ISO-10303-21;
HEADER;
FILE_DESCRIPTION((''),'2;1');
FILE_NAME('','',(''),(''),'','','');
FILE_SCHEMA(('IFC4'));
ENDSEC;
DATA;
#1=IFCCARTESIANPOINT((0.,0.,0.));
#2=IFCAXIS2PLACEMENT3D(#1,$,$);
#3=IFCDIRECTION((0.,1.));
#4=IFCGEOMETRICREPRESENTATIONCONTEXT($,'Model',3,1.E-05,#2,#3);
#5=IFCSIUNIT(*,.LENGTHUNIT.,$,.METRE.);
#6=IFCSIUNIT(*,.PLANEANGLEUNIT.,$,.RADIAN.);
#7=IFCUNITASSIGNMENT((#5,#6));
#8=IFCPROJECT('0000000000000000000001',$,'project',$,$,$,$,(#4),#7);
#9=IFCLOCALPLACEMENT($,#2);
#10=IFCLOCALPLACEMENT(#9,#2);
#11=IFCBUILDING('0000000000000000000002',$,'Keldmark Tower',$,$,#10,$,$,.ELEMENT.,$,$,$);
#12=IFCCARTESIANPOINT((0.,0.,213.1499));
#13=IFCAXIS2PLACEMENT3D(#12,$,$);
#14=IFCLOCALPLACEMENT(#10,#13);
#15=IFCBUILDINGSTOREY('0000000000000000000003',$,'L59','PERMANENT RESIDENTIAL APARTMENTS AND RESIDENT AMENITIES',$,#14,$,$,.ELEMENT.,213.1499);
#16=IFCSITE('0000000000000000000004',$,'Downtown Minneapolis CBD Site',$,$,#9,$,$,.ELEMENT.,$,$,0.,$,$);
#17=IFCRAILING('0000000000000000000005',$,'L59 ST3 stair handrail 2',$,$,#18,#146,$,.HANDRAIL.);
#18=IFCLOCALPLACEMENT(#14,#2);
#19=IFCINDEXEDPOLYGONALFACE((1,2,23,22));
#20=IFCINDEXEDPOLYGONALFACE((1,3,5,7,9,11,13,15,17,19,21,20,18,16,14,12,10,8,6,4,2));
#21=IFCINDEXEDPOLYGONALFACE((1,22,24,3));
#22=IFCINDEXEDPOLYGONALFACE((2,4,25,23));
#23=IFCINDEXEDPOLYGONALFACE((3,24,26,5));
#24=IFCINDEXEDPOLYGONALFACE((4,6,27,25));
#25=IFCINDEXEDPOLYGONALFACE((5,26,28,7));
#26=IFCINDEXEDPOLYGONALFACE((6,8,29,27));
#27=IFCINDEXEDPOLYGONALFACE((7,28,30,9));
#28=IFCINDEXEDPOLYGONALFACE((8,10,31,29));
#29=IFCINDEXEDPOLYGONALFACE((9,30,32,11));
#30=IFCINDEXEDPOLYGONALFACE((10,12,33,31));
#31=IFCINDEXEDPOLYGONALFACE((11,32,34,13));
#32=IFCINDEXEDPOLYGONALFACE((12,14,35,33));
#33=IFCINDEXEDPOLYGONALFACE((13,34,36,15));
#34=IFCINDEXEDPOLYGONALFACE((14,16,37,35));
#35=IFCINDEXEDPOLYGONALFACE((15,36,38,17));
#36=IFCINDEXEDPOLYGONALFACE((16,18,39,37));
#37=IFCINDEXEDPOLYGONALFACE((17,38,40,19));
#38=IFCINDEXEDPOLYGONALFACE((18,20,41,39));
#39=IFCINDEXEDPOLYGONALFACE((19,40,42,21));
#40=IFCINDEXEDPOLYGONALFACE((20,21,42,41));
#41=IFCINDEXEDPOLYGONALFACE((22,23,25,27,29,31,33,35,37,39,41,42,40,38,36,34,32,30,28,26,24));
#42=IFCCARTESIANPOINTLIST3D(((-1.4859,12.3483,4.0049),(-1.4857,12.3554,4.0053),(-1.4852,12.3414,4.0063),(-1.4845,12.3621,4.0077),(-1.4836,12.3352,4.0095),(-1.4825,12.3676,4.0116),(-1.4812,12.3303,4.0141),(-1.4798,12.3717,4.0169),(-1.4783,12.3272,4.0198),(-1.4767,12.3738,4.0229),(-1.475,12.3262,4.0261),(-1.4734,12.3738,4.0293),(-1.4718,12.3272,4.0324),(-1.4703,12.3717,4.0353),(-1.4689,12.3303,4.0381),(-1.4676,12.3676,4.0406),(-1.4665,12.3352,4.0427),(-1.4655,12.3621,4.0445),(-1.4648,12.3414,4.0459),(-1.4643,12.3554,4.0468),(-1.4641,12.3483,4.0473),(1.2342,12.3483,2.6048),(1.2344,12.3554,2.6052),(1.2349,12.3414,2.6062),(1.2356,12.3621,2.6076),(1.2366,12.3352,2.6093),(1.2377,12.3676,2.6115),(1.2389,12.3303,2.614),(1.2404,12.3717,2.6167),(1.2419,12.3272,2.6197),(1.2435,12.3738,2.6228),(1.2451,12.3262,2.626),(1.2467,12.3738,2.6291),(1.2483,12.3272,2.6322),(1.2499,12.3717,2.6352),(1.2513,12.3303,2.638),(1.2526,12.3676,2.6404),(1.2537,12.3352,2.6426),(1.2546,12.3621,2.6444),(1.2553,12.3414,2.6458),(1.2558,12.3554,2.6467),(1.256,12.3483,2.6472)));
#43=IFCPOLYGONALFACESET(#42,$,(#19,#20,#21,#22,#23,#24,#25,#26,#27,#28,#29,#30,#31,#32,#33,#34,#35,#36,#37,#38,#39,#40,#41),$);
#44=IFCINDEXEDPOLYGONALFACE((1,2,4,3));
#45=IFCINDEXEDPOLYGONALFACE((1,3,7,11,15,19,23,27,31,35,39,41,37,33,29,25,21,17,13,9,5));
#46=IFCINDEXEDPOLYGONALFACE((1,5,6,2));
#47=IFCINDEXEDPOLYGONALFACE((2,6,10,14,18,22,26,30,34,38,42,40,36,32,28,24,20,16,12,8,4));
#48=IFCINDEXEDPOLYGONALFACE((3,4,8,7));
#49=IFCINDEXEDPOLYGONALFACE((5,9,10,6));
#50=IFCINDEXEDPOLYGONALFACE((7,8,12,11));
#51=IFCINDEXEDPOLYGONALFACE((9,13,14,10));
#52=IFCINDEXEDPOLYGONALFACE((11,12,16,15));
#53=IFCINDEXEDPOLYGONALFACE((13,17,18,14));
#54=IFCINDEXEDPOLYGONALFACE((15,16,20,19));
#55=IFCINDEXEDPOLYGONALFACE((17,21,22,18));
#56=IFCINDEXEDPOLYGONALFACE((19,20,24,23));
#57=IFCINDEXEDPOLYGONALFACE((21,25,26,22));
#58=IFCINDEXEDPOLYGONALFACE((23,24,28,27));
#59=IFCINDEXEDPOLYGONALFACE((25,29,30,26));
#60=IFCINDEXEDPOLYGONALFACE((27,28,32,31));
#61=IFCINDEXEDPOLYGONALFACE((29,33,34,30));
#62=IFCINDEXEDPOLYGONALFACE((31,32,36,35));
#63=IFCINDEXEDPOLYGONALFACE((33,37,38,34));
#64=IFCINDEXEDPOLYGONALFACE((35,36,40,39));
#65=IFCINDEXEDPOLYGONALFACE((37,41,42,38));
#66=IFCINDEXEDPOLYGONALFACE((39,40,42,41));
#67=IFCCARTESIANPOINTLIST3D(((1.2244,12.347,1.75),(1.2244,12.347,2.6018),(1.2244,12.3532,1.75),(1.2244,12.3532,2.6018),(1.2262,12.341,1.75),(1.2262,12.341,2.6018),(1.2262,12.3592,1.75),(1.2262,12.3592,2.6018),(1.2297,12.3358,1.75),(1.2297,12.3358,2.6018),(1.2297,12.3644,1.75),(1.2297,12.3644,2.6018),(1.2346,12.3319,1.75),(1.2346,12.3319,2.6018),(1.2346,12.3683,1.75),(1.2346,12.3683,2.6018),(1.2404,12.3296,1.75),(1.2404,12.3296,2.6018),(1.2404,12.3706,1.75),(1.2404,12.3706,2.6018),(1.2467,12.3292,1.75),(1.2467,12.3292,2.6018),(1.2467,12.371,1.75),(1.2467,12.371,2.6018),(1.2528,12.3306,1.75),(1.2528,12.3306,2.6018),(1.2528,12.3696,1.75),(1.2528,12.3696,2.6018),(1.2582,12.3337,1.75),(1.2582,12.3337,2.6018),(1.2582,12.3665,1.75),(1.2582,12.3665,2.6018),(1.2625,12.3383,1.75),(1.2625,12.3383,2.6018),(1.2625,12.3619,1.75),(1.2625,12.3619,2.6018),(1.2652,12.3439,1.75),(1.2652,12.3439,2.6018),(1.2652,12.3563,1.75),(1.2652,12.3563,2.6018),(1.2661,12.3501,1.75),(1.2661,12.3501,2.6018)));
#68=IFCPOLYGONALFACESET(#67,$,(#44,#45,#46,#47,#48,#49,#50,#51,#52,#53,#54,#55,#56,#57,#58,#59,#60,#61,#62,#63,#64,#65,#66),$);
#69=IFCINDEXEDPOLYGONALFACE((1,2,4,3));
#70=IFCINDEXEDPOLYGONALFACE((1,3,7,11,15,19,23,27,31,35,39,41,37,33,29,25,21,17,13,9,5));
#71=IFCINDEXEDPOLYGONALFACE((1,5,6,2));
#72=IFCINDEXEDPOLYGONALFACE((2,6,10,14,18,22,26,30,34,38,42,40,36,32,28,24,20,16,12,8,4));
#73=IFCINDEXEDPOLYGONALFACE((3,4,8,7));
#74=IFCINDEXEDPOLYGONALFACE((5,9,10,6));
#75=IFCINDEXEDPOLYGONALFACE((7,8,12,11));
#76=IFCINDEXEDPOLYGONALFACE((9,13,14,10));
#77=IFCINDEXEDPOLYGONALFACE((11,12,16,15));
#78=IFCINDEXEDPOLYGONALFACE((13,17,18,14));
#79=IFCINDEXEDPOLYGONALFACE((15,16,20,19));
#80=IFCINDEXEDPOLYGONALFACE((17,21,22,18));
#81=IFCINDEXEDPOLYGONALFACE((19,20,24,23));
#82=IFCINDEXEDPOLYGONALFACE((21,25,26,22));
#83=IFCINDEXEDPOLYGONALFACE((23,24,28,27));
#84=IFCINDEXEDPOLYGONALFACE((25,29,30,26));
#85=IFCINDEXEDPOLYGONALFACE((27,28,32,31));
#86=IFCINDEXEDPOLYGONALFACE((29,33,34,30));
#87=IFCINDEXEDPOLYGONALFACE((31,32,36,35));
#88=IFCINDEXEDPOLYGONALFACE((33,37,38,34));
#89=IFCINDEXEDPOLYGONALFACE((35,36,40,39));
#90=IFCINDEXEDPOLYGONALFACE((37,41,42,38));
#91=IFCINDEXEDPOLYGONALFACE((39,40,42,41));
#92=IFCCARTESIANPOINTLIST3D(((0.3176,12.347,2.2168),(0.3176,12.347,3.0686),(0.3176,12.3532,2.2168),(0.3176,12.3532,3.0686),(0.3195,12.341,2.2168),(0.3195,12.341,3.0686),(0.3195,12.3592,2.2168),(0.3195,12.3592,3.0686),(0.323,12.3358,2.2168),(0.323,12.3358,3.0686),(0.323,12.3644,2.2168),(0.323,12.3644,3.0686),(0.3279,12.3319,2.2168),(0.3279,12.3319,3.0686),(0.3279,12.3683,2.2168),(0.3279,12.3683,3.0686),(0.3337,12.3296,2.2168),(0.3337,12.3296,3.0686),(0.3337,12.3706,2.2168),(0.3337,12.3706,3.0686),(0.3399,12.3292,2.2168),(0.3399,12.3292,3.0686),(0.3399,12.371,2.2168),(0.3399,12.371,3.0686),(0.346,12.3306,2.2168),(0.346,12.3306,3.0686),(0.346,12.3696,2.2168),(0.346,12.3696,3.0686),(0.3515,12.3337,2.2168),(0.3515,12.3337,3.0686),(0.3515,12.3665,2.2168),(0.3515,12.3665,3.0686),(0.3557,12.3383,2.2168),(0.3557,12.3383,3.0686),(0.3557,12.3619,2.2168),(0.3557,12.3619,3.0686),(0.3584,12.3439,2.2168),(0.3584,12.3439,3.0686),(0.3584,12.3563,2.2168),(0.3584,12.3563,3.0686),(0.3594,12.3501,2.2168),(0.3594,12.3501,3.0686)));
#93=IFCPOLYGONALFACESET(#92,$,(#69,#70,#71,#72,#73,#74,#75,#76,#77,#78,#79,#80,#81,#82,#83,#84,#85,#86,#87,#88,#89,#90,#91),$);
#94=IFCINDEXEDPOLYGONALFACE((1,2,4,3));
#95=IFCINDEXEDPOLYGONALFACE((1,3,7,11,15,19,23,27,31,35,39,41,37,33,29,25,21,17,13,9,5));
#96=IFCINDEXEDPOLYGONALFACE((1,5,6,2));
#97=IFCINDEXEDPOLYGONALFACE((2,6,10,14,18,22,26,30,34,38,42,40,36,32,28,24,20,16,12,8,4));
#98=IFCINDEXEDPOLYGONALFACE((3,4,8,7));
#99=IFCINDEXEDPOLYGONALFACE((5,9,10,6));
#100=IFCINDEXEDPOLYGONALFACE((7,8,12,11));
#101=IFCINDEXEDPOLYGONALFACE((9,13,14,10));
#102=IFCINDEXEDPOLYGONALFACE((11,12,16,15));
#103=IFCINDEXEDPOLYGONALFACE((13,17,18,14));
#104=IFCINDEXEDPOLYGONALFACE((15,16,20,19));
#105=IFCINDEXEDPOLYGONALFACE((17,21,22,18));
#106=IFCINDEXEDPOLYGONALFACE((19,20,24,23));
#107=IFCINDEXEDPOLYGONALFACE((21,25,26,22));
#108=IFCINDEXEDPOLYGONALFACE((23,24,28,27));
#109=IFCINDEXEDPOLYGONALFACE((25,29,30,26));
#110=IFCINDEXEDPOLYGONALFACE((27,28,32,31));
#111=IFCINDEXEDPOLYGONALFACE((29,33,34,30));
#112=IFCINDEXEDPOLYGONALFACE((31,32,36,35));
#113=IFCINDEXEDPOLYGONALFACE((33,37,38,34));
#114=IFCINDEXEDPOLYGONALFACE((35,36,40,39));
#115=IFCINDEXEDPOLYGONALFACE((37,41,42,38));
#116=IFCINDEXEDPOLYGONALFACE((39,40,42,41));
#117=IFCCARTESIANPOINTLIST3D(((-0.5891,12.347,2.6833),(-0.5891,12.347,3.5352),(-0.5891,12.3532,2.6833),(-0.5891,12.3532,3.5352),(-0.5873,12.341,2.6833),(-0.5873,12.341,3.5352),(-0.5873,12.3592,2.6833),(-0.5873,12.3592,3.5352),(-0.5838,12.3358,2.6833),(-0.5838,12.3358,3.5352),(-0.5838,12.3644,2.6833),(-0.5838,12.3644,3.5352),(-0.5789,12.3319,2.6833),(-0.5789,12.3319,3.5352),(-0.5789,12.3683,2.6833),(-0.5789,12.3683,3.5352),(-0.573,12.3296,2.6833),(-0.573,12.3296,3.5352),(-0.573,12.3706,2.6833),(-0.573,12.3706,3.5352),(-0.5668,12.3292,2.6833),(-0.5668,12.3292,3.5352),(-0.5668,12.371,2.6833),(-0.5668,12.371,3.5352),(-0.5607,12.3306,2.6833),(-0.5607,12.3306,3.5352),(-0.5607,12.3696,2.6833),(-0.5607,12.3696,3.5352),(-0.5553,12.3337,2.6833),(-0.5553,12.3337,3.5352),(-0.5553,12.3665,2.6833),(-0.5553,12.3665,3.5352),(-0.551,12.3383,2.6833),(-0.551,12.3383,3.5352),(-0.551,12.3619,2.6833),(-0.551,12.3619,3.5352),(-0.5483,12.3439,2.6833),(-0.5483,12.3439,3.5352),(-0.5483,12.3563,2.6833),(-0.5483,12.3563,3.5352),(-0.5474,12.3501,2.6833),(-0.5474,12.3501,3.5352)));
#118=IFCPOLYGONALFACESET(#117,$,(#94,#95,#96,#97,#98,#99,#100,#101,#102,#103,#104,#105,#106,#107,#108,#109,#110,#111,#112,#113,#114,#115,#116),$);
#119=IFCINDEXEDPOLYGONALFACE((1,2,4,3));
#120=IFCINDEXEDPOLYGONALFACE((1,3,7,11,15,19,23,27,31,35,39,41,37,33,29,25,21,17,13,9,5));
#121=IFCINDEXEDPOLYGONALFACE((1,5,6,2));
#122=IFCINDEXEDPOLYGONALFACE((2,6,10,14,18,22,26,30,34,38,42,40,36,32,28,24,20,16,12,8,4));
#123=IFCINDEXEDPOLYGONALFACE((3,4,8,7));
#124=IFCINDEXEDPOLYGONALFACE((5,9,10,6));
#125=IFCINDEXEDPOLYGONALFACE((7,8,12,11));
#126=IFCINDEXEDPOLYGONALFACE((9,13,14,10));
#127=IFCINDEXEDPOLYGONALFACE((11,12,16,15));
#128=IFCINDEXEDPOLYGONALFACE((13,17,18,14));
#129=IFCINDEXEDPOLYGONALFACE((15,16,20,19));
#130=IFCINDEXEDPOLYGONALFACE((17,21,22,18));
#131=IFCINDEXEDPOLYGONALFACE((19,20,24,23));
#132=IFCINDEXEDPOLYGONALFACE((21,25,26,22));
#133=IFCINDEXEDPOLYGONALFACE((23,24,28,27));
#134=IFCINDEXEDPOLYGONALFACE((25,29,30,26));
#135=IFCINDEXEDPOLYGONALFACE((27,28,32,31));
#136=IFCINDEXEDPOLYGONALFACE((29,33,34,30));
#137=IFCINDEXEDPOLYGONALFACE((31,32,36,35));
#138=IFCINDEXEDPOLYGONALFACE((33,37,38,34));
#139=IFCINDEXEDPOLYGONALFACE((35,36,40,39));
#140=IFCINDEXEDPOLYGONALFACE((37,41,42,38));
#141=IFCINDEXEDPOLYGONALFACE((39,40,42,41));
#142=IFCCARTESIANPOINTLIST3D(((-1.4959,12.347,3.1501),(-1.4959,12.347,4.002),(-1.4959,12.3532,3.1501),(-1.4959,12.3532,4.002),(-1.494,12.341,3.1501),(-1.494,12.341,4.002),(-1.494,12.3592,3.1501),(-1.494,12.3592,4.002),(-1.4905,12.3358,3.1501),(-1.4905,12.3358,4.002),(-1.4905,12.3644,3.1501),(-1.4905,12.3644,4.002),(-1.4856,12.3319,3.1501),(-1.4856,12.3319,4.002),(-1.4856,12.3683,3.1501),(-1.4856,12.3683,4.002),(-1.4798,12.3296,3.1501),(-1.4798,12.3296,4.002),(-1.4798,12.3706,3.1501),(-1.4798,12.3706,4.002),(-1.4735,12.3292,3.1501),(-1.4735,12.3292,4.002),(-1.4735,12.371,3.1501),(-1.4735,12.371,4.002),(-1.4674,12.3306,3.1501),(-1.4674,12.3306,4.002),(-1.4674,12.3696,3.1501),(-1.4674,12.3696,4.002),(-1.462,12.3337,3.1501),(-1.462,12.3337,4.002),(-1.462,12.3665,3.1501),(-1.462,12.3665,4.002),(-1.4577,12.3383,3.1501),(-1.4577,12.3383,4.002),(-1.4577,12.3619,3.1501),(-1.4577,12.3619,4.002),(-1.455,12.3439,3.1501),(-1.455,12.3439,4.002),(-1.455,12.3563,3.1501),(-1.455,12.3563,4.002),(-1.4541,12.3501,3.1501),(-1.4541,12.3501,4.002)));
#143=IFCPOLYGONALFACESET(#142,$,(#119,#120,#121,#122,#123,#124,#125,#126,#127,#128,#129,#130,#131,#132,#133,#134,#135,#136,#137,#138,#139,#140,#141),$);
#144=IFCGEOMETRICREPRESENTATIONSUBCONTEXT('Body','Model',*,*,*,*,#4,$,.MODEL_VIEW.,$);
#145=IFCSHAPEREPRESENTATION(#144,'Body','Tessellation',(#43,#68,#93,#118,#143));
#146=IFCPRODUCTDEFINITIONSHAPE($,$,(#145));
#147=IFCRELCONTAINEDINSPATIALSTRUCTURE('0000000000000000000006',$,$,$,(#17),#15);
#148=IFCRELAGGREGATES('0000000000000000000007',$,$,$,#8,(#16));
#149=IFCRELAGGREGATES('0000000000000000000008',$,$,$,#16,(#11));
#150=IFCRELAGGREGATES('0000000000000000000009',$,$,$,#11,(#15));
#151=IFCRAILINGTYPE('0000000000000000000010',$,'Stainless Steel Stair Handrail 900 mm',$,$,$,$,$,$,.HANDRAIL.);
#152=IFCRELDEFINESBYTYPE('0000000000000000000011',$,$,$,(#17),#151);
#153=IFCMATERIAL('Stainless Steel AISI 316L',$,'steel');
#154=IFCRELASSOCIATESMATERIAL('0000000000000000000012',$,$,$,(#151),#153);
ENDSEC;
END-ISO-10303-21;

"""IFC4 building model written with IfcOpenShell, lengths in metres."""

from ifc_helpers import new_model, si_unit, direction, frame, origin, origin_2d, place, context, subcontext, project, spatial, circle, extrude, material, type_object, element, save


model = new_model("IFC4")

# Units and contexts
model_context = context("Model", 3, precision=1e-05, world=origin(), true_north=direction((0.0, 1.0)))
body_context = subcontext(model_context, "Body", "Model", "MODEL_VIEW")
ifc_project = project(units=[si_unit("LENGTHUNIT", "METRE"), si_unit("PLANEANGLEUNIT", "RADIAN")], contexts=[model_context])

# Site, building, storey
site_placement = place(None, origin())
site = spatial("IfcSite", under=ifc_project, at=site_placement, Name="Downtown Minneapolis CBD Site", CompositionType="ELEMENT", RefElevation=0.0)
building_placement = place(site_placement, origin())
building = spatial("IfcBuilding", under=site, at=building_placement, Name="Keldmark Tower", CompositionType="ELEMENT")
storey_placement = place(building_placement, frame((0.0, 0.0, 213.1499)))
storey = spatial("IfcBuildingStorey", under=building, at=storey_placement, Name="L59", Description="PERMANENT RESIDENTIAL APARTMENTS AND RESIDENT AMENITIES", CompositionType="ELEMENT", Elevation=213.1499)

# Railing
ifc_material_1 = material(Name="Stainless Steel AISI 316L", Category="steel")
railing_type_1 = type_object("IfcRailingType", Name="Stainless Steel Stair Handrail 900 mm", PredefinedType="HANDRAIL", material=ifc_material_1)
railing_1_placement = place(storey_placement, frame((1.2451, 12.3501, 1.75)))
element("IfcRailing", 1, at=railing_1_placement, inside=storey, type_object=railing_type_1, Name="L59 ST3 stair handrail 2", PredefinedType="HANDRAIL", context=body_context, shape_type="SweptSolid", body=[
    extrude(circle(Radius=0.0239, at=origin_2d()), frame((0.0, 0.0, 0.876), z_axis=(-0.889131, 0.0, 0.457653), x_axis=(0.0, -1.0, 0.0)), (0.0, 0.0, 1.0), 3.0593),
    extrude(circle(Radius=0.021, at=origin_2d()), origin(), (0.0, 0.0, 1.0), 0.8518),
    extrude(circle(Radius=0.021, at=origin_2d()), frame((-0.9067, 0.0, 0.4668)), (0.0, 0.0, 1.0), 0.8518),
    extrude(circle(Radius=0.021, at=origin_2d()), frame((-1.8135, 0.0, 0.9333)), (0.0, 0.0, 1.0), 0.8518),
    extrude(circle(Radius=0.021, at=origin_2d()), frame((-2.7202, 0.0, 1.4001)), (0.0, 0.0, 1.0), 0.8518),
])

save(model, "model.ifc")
